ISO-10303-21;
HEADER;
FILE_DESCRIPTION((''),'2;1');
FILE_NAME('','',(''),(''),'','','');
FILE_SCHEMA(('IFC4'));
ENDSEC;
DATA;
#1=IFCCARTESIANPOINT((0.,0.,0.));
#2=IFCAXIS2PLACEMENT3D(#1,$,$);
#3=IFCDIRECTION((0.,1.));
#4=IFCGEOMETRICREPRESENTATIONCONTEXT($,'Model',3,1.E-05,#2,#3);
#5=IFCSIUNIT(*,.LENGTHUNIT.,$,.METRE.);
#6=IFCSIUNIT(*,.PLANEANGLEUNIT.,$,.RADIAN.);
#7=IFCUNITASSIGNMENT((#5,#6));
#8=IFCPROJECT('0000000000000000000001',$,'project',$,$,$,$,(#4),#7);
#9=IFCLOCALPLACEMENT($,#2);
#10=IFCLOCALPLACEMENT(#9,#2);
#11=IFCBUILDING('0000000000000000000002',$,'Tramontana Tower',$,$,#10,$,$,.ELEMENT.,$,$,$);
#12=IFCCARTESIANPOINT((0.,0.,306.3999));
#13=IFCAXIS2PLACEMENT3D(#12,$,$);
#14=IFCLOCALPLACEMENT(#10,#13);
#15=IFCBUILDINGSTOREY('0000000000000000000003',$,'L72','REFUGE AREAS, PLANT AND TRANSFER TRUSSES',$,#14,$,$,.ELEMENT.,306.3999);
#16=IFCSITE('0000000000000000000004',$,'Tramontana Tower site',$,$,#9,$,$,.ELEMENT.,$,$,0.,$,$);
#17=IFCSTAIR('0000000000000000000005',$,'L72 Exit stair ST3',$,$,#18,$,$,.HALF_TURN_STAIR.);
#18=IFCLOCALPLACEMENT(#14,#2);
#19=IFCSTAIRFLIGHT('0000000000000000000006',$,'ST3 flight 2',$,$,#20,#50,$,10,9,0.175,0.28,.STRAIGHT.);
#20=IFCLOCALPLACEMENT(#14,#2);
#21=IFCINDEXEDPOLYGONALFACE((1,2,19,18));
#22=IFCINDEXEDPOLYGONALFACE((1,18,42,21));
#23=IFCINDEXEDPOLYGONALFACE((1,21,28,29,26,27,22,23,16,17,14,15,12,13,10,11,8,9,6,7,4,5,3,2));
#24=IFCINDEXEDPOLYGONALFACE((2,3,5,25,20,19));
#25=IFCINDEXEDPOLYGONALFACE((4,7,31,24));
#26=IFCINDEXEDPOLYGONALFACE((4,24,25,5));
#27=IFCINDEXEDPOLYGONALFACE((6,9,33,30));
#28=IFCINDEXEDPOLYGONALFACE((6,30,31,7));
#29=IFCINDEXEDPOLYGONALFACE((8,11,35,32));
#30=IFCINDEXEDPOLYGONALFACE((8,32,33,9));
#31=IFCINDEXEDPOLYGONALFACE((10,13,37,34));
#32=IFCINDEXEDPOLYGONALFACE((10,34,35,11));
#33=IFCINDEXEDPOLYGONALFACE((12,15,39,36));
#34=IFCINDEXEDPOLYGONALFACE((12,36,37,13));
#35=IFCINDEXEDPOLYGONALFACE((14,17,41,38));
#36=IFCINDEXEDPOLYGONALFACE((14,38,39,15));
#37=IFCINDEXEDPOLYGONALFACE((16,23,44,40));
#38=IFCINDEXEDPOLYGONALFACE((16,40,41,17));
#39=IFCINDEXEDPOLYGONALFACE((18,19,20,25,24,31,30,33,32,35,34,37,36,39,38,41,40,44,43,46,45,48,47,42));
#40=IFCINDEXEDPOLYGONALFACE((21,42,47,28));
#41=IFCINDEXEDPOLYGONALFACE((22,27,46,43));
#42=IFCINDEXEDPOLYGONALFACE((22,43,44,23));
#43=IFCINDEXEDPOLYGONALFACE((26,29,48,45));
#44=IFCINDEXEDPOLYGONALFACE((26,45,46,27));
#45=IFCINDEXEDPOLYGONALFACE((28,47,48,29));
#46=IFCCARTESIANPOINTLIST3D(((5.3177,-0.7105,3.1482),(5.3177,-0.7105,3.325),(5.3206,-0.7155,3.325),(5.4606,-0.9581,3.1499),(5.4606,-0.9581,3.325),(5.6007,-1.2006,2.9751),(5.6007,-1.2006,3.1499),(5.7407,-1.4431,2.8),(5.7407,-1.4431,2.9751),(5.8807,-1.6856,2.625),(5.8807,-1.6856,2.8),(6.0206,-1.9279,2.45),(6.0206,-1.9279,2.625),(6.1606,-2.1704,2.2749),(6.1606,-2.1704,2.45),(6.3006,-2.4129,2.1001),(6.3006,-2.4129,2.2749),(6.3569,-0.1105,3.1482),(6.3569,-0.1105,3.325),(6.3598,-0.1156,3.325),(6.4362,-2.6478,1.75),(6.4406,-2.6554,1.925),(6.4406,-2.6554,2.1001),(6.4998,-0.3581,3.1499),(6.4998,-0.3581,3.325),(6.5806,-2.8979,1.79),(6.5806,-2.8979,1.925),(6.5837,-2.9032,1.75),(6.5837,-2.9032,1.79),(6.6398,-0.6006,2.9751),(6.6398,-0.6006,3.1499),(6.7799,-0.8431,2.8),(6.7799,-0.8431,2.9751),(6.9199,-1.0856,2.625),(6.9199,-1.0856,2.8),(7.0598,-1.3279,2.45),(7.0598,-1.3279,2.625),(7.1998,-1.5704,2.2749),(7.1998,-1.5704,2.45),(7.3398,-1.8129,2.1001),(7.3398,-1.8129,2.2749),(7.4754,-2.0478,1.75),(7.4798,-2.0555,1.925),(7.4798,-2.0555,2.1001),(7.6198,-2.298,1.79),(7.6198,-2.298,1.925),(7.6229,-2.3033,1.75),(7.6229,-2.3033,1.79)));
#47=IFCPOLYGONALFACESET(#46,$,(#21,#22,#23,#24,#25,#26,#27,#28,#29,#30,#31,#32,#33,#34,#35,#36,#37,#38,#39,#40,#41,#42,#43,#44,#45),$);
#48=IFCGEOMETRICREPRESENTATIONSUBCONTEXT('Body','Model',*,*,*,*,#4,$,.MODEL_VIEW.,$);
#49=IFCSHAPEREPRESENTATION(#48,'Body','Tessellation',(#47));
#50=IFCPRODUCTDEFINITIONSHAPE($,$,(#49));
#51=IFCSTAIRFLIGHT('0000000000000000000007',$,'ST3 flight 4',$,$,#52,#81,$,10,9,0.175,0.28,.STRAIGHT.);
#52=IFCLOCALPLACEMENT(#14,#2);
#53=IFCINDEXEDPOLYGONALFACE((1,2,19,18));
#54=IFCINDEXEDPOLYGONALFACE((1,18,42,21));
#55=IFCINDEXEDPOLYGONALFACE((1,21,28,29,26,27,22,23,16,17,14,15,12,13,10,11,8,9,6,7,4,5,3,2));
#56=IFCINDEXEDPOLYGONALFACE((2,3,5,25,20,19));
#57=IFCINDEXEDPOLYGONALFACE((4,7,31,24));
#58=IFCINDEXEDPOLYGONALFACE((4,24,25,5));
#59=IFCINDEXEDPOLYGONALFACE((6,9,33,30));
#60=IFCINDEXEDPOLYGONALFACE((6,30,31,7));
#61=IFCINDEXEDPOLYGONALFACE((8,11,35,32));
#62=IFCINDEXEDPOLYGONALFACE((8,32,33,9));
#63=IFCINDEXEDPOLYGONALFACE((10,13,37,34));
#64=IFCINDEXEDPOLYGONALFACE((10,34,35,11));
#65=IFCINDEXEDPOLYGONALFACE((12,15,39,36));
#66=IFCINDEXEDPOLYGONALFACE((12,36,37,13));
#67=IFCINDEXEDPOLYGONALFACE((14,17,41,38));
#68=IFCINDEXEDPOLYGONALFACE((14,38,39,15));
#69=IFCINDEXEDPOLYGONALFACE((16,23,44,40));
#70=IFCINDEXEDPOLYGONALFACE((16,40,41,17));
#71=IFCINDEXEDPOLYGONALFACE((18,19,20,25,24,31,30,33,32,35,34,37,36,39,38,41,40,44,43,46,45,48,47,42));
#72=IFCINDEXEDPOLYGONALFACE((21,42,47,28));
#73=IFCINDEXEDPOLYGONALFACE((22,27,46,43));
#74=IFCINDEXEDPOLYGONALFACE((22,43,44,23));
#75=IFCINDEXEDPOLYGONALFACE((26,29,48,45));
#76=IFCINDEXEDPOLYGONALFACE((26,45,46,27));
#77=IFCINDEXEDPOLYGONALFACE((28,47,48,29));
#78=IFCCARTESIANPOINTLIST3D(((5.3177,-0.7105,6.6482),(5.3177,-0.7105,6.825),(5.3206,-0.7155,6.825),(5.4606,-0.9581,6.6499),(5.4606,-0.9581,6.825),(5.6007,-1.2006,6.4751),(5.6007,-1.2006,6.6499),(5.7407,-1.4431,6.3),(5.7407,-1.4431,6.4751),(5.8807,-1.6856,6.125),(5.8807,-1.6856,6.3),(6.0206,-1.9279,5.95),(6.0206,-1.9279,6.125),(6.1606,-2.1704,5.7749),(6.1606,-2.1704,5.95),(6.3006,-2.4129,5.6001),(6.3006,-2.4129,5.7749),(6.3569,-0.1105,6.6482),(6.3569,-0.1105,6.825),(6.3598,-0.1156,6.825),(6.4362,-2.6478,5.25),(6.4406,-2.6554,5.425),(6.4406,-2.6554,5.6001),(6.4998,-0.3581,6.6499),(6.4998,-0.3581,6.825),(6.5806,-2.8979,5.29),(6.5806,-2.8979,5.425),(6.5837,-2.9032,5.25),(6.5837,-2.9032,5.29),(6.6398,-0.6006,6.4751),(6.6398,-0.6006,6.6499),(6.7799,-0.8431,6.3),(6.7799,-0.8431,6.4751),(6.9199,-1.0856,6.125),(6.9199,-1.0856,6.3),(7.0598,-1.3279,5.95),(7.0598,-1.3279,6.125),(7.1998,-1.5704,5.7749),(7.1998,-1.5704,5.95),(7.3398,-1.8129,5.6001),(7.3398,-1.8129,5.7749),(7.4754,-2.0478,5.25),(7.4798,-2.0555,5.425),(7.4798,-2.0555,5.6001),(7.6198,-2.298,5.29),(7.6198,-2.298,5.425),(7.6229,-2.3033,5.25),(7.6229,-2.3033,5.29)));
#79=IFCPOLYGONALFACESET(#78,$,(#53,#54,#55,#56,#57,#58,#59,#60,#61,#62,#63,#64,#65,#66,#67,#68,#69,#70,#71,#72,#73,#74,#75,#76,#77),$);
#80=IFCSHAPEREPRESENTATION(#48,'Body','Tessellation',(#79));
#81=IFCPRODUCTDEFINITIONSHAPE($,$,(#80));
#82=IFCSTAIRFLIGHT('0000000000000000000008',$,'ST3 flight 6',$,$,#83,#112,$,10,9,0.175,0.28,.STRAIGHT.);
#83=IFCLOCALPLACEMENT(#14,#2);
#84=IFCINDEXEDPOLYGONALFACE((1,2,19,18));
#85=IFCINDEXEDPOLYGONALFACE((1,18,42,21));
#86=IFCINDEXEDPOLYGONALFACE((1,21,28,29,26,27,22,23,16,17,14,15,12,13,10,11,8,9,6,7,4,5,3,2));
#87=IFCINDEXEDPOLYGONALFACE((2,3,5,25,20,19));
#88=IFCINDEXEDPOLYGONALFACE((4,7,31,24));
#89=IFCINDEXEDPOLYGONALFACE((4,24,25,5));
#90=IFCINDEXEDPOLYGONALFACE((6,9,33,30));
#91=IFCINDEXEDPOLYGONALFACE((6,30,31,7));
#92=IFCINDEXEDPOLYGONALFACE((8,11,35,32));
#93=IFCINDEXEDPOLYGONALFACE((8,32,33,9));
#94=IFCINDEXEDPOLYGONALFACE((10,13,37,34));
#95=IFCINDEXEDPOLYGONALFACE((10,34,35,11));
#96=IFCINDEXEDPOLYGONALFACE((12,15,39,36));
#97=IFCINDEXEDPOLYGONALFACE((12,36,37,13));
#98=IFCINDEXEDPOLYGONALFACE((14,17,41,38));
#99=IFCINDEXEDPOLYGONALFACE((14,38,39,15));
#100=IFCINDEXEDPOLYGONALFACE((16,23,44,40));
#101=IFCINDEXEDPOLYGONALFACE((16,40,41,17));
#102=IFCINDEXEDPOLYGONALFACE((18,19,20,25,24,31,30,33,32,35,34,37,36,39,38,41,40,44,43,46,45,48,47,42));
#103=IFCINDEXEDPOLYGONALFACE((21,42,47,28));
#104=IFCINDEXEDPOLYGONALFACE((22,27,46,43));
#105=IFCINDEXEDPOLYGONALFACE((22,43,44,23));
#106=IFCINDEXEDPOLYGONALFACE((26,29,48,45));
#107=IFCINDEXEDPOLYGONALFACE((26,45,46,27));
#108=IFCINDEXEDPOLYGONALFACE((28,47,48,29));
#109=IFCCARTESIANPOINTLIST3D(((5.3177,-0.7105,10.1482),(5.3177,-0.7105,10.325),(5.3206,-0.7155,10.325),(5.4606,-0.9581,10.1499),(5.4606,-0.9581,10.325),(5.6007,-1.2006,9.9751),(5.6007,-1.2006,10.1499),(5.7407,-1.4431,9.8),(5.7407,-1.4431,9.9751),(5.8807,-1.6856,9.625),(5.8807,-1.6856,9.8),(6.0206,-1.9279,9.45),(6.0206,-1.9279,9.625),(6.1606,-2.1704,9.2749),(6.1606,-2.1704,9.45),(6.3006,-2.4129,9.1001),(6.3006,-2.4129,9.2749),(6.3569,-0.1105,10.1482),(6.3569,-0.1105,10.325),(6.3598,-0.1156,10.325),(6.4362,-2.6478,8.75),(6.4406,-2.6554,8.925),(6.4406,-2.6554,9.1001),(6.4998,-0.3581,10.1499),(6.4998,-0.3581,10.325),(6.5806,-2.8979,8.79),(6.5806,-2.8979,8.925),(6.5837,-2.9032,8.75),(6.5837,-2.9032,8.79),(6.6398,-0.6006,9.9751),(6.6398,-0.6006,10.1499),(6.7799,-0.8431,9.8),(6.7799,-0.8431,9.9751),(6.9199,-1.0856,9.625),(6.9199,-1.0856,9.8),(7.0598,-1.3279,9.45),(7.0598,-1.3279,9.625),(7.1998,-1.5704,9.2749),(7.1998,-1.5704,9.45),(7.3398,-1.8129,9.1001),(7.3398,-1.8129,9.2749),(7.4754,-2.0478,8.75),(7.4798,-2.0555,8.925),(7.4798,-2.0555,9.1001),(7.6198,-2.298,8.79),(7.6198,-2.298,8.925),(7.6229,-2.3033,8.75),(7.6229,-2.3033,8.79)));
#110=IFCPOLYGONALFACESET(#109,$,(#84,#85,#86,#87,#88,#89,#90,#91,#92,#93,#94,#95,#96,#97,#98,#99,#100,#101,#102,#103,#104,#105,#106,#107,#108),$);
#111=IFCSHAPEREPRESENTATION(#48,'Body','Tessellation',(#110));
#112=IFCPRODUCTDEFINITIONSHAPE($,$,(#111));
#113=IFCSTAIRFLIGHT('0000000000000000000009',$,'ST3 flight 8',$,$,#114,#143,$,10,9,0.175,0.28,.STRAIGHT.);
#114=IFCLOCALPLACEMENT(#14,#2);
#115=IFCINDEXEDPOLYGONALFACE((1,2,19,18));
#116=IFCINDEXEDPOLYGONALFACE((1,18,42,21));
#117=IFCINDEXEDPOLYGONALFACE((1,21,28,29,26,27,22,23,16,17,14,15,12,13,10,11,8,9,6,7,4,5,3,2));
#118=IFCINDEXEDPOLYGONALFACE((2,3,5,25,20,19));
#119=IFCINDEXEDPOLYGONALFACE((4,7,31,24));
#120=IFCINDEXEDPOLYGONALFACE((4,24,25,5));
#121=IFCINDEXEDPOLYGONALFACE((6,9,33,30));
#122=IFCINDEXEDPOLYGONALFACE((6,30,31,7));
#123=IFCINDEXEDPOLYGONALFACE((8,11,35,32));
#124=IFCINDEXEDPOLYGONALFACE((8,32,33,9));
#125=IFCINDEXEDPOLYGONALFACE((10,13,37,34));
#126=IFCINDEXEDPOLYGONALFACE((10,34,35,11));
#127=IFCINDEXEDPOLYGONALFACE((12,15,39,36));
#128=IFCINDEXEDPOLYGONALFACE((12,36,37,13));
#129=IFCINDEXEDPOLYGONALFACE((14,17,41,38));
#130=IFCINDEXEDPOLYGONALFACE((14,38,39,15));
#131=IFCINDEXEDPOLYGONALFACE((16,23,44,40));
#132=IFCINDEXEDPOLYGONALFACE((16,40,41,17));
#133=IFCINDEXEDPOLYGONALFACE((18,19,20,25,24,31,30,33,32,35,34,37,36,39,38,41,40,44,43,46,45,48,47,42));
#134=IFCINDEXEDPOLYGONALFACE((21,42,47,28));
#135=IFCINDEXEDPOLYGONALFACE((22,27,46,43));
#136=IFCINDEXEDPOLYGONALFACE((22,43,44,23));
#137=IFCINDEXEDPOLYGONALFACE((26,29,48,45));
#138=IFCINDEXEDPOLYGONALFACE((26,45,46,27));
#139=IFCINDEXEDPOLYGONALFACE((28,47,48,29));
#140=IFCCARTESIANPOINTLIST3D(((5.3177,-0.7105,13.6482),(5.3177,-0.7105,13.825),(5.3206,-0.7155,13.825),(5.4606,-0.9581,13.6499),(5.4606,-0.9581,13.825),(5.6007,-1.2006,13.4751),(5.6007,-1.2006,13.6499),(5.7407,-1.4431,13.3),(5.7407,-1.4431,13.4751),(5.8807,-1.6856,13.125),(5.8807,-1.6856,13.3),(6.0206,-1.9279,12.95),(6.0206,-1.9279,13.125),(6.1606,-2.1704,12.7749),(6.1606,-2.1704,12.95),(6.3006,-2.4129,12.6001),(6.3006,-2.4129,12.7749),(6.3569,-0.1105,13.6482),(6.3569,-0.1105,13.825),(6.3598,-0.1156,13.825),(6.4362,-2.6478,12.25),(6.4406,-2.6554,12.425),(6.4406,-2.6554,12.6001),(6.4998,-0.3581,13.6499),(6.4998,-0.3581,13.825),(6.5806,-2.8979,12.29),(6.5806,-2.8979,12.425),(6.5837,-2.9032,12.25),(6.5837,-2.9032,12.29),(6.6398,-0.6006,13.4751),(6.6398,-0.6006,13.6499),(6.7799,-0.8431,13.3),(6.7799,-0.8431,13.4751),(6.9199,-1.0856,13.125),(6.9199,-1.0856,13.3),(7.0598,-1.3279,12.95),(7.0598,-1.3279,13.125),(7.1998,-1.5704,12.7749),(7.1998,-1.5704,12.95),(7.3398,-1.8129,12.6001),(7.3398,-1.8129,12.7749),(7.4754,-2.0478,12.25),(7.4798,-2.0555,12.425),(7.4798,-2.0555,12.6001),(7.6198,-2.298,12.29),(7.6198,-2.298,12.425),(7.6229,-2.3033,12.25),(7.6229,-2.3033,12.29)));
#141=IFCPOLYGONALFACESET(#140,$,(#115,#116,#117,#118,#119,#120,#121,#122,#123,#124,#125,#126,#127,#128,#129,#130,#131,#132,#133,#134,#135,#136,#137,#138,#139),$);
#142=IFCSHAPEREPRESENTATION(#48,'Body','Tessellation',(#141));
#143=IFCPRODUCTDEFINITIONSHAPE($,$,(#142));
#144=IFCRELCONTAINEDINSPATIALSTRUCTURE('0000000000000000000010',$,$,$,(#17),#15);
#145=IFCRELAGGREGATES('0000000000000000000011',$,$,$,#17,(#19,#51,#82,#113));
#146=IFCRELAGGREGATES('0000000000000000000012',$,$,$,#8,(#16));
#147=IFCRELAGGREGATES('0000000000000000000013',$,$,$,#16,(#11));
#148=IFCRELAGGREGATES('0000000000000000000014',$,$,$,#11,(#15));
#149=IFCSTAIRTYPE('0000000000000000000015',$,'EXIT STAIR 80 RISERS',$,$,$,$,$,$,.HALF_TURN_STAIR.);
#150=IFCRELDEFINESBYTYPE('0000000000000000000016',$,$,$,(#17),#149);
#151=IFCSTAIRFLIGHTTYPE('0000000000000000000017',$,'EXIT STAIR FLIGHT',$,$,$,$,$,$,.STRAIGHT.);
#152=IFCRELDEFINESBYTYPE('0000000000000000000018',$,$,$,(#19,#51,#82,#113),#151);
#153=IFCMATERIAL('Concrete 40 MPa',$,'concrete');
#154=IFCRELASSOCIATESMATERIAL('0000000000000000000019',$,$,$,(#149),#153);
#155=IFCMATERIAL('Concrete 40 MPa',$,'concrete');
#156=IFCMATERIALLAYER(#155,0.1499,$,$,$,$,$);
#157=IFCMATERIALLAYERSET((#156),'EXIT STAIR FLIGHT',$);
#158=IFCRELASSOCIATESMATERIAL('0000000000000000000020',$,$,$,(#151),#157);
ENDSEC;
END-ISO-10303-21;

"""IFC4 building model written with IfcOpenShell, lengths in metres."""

from ifc_helpers import new_model, si_unit, direction, frame, origin, place, context, subcontext, project, spatial, polyline, outline, extrude, material, layer, layer_set, type_object, element, aggregate, save


model = new_model("IFC4")

# Units and contexts
model_context = context("Model", 3, precision=1e-05, world=origin(), true_north=direction((0.0, 1.0)))
body_context = subcontext(model_context, "Body", "Model", "MODEL_VIEW")
ifc_project = project(units=[si_unit("LENGTHUNIT", "METRE"), si_unit("PLANEANGLEUNIT", "RADIAN")], contexts=[model_context])

# Site, building, storey
site_placement = place(None, origin())
site = spatial("IfcSite", under=ifc_project, at=site_placement, Name="Tramontana Tower site", CompositionType="ELEMENT", RefElevation=0.0)
building_placement = place(site_placement, origin())
building = spatial("IfcBuilding", under=site, at=building_placement, Name="Tramontana Tower", CompositionType="ELEMENT")
storey_placement = place(building_placement, frame((0.0, 0.0, 306.3999)))
storey = spatial("IfcBuildingStorey", under=building, at=storey_placement, Name="L72", Description="REFUGE AREAS, PLANT AND TRANSFER TRUSSES", CompositionType="ELEMENT", Elevation=306.3999)

# Stair, stair flights
ifc_material_1 = material(Name="Concrete 40 MPa", Category="concrete")
stair_type = type_object("IfcStairType", Name="EXIT STAIR 80 RISERS", PredefinedType="HALF_TURN_STAIR", material=ifc_material_1)
stair_placement = place(storey_placement, origin())
stair = element("IfcStair", 1, at=stair_placement, inside=storey, type_object=stair_type, Name="L72 Exit stair ST3", PredefinedType="HALF_TURN_STAIR")
ifc_material_2 = material(Name="Concrete 40 MPa", Category="concrete")
ifc_layer_1 = layer(ifc_material_2, 0.1499)
ifc_layer_set_1 = layer_set([ifc_layer_1], Name="EXIT STAIR FLIGHT")
stair_flight_type = type_object("IfcStairFlightType", Name="EXIT STAIR FLIGHT", PredefinedType="STRAIGHT", material=ifc_layer_set_1)
stair_flight_1_placement = place(storey_placement, frame((7.1003, -2.5979, 1.75), z_axis=(0.0, 0.0, 1.0), x_axis=(-0.5, 0.866025, 0.0)))
stair_flight_1 = element("IfcStairFlight", 2, at=stair_flight_1_placement, type_object=stair_flight_type, Name="ST3 flight 2", NumberOfRisers=10, NumberOfTreads=9, PredefinedType="STRAIGHT", RiserHeight=0.175, TreadLength=0.28, context=body_context, shape_type="SweptSolid", body=[
    extrude(outline(polyline([(-0.0061, 0.0), (-0.0061, 0.04), (0.0, 0.04), (0.0, 0.175), (0.28, 0.175), (0.28, 0.3501), (0.5601, 0.3501), (0.5601, 0.5249), (0.8401, 0.5249), (0.8401, 0.7), (1.1201, 0.7), (1.1201, 0.875), (1.3999, 0.875), (1.3999, 1.05), (1.6799, 1.05), (1.6799, 1.2251), (1.96, 1.2251), (1.96, 1.3999), (2.24, 1.3999), (2.24, 1.575), (2.52, 1.575), (2.5259, 1.575), (2.5259, 1.3982), (0.2888, 0.0), (-0.0061, 0.0)])), frame((0.0, 0.6001, 0.0), z_axis=(0.0, -1.0, 0.0), x_axis=(1.0, 0.0, 0.0)), (0.0, 0.0, 1.0), 1.2),
])
stair_flight_2_placement = place(storey_placement, frame((7.1003, -2.5979, 5.25), z_axis=(0.0, 0.0, 1.0), x_axis=(-0.5, 0.866025, 0.0)))
stair_flight_2 = element("IfcStairFlight", 3, at=stair_flight_2_placement, type_object=stair_flight_type, Name="ST3 flight 4", NumberOfRisers=10, NumberOfTreads=9, PredefinedType="STRAIGHT", RiserHeight=0.175, TreadLength=0.28, context=body_context, shape_type="SweptSolid", body=[
    extrude(outline(polyline([(-0.0061, 0.0), (-0.0061, 0.04), (0.0, 0.04), (0.0, 0.175), (0.28, 0.175), (0.28, 0.3501), (0.5601, 0.3501), (0.5601, 0.5249), (0.8401, 0.5249), (0.8401, 0.7), (1.1201, 0.7), (1.1201, 0.875), (1.3999, 0.875), (1.3999, 1.05), (1.6799, 1.05), (1.6799, 1.2251), (1.96, 1.2251), (1.96, 1.3999), (2.24, 1.3999), (2.24, 1.575), (2.52, 1.575), (2.5259, 1.575), (2.5259, 1.3982), (0.2888, 0.0), (-0.0061, 0.0)])), frame((0.0, 0.6001, 0.0), z_axis=(0.0, -1.0, 0.0), x_axis=(1.0, 0.0, 0.0)), (0.0, 0.0, 1.0), 1.2),
])
stair_flight_3_placement = place(storey_placement, frame((7.1003, -2.5979, 8.75), z_axis=(0.0, 0.0, 1.0), x_axis=(-0.5, 0.866025, 0.0)))
stair_flight_3 = element("IfcStairFlight", 4, at=stair_flight_3_placement, type_object=stair_flight_type, Name="ST3 flight 6", NumberOfRisers=10, NumberOfTreads=9, PredefinedType="STRAIGHT", RiserHeight=0.175, TreadLength=0.28, context=body_context, shape_type="SweptSolid", body=[
    extrude(outline(polyline([(-0.0061, 0.0), (-0.0061, 0.04), (0.0, 0.04), (0.0, 0.175), (0.28, 0.175), (0.28, 0.3501), (0.5601, 0.3501), (0.5601, 0.5249), (0.8401, 0.5249), (0.8401, 0.7), (1.1201, 0.7), (1.1201, 0.875), (1.3999, 0.875), (1.3999, 1.05), (1.6799, 1.05), (1.6799, 1.2251), (1.96, 1.2251), (1.96, 1.3999), (2.24, 1.3999), (2.24, 1.575), (2.52, 1.575), (2.5259, 1.575), (2.5259, 1.3982), (0.2888, 0.0), (-0.0061, 0.0)])), frame((0.0, 0.6001, 0.0), z_axis=(0.0, -1.0, 0.0), x_axis=(1.0, 0.0, 0.0)), (0.0, 0.0, 1.0), 1.2),
])
stair_flight_4_placement = place(storey_placement, frame((7.1003, -2.5979, 12.25), z_axis=(0.0, 0.0, 1.0), x_axis=(-0.5, 0.866025, 0.0)))
stair_flight_4 = element("IfcStairFlight", 5, at=stair_flight_4_placement, type_object=stair_flight_type, Name="ST3 flight 8", NumberOfRisers=10, NumberOfTreads=9, PredefinedType="STRAIGHT", RiserHeight=0.175, TreadLength=0.28, context=body_context, shape_type="SweptSolid", body=[
    extrude(outline(polyline([(-0.0061, 0.0), (-0.0061, 0.04), (0.0, 0.04), (0.0, 0.175), (0.28, 0.175), (0.28, 0.3501), (0.5601, 0.3501), (0.5601, 0.5249), (0.8401, 0.5249), (0.8401, 0.7), (1.1201, 0.7), (1.1201, 0.875), (1.3999, 0.875), (1.3999, 1.05), (1.6799, 1.05), (1.6799, 1.2251), (1.96, 1.2251), (1.96, 1.3999), (2.24, 1.3999), (2.24, 1.575), (2.52, 1.575), (2.5259, 1.575), (2.5259, 1.3982), (0.2888, 0.0), (-0.0061, 0.0)])), frame((0.0, 0.6001, 0.0), z_axis=(0.0, -1.0, 0.0), x_axis=(1.0, 0.0, 0.0)), (0.0, 0.0, 1.0), 1.2),
])
aggregate(stair, [stair_flight_1, stair_flight_2, stair_flight_3, stair_flight_4])

save(model, "model.ifc")
